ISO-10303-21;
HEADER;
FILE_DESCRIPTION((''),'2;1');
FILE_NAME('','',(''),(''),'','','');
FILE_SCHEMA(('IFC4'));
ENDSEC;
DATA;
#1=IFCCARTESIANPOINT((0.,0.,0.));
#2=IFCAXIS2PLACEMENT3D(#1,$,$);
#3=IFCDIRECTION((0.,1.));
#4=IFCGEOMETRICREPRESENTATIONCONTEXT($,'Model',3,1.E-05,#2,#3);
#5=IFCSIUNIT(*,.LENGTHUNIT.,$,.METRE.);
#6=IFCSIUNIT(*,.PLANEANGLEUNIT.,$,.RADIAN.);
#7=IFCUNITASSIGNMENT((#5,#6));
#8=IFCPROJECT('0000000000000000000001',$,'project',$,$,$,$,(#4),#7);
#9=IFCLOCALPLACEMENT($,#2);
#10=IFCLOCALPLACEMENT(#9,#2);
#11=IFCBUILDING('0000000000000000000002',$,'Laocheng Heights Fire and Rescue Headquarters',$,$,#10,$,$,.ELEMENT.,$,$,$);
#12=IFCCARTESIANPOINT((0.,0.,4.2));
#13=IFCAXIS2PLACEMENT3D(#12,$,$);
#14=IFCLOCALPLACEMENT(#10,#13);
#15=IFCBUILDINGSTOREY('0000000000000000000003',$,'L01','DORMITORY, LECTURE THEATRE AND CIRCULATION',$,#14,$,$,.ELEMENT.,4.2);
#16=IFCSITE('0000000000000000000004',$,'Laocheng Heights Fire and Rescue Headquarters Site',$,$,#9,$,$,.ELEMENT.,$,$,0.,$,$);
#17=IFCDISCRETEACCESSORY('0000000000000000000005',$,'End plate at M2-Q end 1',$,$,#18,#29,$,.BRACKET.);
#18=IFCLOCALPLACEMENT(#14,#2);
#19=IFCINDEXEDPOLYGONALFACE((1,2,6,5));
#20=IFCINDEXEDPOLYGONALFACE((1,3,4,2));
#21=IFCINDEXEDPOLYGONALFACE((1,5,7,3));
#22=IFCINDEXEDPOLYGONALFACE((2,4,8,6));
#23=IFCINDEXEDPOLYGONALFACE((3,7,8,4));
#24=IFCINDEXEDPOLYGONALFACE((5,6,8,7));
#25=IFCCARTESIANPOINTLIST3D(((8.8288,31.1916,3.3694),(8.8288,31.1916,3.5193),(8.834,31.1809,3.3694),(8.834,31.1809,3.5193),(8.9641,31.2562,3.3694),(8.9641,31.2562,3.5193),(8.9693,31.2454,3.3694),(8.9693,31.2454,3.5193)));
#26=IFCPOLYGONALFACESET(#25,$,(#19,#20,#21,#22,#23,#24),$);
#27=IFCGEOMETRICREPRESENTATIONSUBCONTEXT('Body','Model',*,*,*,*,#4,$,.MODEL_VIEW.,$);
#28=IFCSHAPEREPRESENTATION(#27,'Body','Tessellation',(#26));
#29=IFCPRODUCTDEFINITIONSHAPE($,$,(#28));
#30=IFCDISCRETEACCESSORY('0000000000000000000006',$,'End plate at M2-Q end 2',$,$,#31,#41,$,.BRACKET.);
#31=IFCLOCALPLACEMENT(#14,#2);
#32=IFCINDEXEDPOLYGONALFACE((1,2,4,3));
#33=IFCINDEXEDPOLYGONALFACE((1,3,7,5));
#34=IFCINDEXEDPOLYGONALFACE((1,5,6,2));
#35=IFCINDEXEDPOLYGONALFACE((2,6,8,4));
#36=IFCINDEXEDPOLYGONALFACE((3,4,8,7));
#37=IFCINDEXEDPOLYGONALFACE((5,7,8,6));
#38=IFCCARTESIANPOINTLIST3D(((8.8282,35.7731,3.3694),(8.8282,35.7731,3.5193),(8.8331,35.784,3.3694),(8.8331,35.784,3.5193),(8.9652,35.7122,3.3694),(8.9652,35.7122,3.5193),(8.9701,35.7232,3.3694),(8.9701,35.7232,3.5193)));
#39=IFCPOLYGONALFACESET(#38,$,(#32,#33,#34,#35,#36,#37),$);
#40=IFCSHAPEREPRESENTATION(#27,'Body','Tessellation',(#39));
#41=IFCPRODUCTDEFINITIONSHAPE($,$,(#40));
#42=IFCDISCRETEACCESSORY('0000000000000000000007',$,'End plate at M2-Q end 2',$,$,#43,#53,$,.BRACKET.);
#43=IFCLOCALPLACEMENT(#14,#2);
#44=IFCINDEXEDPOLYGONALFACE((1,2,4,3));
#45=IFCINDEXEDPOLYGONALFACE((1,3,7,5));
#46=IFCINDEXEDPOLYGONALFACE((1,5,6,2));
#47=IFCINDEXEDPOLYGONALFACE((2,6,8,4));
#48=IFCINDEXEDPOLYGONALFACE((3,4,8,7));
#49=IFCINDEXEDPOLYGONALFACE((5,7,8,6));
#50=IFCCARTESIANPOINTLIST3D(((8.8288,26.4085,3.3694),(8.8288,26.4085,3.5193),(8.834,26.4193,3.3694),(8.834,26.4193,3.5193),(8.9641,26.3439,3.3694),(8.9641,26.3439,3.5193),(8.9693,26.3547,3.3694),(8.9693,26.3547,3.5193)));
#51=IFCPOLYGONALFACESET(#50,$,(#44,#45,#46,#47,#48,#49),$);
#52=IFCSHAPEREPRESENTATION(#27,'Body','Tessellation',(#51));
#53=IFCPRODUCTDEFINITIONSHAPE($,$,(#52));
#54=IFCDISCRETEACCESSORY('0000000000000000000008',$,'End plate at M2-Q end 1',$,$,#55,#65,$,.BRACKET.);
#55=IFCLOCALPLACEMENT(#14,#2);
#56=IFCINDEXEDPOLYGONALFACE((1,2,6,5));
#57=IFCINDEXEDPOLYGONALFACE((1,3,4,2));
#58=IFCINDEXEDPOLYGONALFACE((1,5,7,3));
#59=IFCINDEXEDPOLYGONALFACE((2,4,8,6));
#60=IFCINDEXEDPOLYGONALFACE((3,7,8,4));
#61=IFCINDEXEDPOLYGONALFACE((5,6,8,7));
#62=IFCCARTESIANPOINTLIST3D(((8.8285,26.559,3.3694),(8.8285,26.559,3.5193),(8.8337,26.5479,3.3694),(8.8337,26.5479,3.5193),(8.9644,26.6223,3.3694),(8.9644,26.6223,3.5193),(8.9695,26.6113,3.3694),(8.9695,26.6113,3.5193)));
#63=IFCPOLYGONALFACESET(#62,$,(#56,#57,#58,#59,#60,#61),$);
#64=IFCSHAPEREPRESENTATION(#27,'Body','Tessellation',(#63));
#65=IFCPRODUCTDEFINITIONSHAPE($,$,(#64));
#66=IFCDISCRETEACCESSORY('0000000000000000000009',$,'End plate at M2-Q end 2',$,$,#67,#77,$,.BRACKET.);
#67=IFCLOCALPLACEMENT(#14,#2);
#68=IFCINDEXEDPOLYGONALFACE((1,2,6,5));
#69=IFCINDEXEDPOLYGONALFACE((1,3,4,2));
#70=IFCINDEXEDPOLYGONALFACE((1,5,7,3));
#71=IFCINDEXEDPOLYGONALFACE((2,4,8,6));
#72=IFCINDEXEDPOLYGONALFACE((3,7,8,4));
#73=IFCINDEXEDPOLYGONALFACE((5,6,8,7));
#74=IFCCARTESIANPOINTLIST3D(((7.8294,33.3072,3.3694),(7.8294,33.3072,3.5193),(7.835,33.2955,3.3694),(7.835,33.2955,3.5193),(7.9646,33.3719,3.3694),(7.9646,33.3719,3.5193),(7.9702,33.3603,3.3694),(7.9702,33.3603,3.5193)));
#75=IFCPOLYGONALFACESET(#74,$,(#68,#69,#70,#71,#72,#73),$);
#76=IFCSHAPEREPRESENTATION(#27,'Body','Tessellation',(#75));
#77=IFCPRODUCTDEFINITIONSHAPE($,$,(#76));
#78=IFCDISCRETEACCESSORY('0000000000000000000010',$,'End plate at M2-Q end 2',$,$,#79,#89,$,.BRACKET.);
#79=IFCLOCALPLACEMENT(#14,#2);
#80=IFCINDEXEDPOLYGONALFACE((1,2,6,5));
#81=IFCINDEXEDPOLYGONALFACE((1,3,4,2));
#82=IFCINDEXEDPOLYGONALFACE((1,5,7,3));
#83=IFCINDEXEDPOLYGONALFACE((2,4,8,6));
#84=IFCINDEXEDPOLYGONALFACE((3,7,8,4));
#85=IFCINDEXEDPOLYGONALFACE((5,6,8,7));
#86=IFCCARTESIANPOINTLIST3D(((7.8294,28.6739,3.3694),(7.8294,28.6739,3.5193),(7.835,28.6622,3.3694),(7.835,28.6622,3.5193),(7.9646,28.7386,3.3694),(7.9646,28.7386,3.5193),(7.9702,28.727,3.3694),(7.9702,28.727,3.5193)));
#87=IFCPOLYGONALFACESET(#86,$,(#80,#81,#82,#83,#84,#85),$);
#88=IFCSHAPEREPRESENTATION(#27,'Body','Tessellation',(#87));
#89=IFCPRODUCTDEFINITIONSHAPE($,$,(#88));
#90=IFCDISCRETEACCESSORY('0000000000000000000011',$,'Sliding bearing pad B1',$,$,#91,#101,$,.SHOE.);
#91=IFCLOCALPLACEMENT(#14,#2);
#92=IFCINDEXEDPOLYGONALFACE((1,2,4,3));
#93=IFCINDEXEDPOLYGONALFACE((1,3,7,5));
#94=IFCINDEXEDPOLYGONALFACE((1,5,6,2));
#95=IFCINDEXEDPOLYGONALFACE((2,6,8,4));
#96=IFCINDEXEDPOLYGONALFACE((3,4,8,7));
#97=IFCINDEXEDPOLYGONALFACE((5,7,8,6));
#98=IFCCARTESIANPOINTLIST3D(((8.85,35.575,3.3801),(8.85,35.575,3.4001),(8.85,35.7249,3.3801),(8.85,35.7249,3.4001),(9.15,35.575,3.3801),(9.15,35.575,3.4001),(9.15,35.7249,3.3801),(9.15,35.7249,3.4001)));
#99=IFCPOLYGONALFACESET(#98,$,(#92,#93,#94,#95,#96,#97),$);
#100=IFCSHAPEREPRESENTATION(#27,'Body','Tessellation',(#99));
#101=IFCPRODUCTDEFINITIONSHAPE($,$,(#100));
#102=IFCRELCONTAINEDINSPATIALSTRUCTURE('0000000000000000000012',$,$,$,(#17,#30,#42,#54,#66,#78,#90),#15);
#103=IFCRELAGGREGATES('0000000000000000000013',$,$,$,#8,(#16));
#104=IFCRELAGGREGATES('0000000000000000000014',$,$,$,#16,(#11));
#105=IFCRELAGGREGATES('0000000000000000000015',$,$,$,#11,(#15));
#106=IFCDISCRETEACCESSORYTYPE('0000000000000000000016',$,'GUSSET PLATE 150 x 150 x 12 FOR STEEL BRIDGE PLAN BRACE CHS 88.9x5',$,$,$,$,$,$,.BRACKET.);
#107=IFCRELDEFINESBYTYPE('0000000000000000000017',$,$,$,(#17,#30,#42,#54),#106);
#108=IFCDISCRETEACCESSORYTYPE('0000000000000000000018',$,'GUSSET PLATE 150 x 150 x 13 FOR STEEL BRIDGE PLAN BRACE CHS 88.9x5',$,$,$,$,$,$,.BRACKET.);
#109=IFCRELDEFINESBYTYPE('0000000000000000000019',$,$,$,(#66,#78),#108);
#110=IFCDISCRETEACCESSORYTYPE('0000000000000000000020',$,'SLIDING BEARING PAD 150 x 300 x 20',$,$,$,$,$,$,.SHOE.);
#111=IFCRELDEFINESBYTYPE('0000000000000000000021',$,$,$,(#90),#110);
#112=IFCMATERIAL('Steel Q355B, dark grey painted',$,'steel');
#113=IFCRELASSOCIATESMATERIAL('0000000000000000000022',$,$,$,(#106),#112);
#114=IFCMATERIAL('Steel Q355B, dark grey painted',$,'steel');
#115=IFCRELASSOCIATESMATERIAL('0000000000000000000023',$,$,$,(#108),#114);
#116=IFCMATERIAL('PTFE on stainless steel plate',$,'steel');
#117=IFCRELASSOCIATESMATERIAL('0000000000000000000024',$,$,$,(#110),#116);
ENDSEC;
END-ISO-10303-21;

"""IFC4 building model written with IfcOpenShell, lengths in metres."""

from ifc_helpers import new_model, si_unit, direction, frame, origin, origin_2d, place, context, subcontext, project, spatial, rectangle, extrude, material, material_profile, profile_set, type_object, element, save


model = new_model("IFC4")

# Units and contexts
model_context = context("Model", 3, precision=1e-05, world=origin(), true_north=direction((0.0, 1.0)))
body_context = subcontext(model_context, "Body", "Model", "MODEL_VIEW")
ifc_project = project(units=[si_unit("LENGTHUNIT", "METRE"), si_unit("PLANEANGLEUNIT", "RADIAN")], contexts=[model_context])

# Site, building, storey
site_placement = place(None, origin())
site = spatial("IfcSite", under=ifc_project, at=site_placement, Name="Laocheng Heights Fire and Rescue Headquarters Site", CompositionType="ELEMENT", RefElevation=0.0)
building_placement = place(site_placement, origin())
building = spatial("IfcBuilding", under=site, at=building_placement, Name="Laocheng Heights Fire and Rescue Headquarters", CompositionType="ELEMENT")
storey_placement = place(building_placement, frame((0.0, 0.0, 4.2)))
storey = spatial("IfcBuildingStorey", under=building, at=storey_placement, Name="L01", Description="DORMITORY, LECTURE THEATRE AND CIRCULATION", CompositionType="ELEMENT", Elevation=4.2)

# Discrete accessories
ifc_material_1 = material(Name="Steel Q355B, dark grey painted", Category="steel")
ifc_material_profile_1 = material_profile(ifc_material_1, rectangle(XDim=0.1499, YDim=0.1499, at=origin_2d()), Name="GUSSET PLATE 150 x 150 x 12 FOR STEEL BRIDGE PLAN BRACE CHS 88.9x5")
ifc_profile_set_1 = profile_set([ifc_material_profile_1], Name="Steel Q355B, dark grey painted")
discrete_accessory_type_1 = type_object("IfcDiscreteAccessoryType", Name="GUSSET PLATE 150 x 150 x 12 FOR STEEL BRIDGE PLAN BRACE CHS 88.9x5", PredefinedType="BRACKET", material=ifc_profile_set_1)
for number, where, z_axis, x_axis, name in (
    (1, (8.9016, 31.2131, 3.4443), (-0.43073, 0.902481, 0.0), (-0.902481, -0.43073, 0.0), "End plate at M2-Q end 1"),
    (2, (8.8967, 35.7427, 3.4443), (0.406138, 0.913812, 0.0), (-0.913812, 0.406138, 0.0), "End plate at M2-Q end 2"),
    (3, (8.8965, 26.3762, 3.4443), (0.43073, 0.902481, 0.0), (-0.902481, 0.43073, 0.0), "End plate at M2-Q end 2"),
):
    element("IfcDiscreteAccessory", number, at=place(storey_placement, frame(where, z_axis=z_axis, x_axis=x_axis)), inside=storey, type_object=discrete_accessory_type_1, Name=name, PredefinedType="BRACKET", context=body_context, shape_type="SweptSolid", body=[
        extrude(rectangle(XDim=0.1499, YDim=0.1499, at=origin_2d()), origin(), (0.0, 0.0, 1.0), 0.012),
    ])
discrete_accessory_1_placement = place(storey_placement, frame((8.9016, 26.5796, 3.4443), z_axis=(-0.422885, 0.906183, 0.0), x_axis=(-0.906183, -0.422885, 0.0)))
element("IfcDiscreteAccessory", 4, at=discrete_accessory_1_placement, inside=storey, type_object=discrete_accessory_type_1, Name="End plate at M2-Q end 1", PredefinedType="BRACKET", context=body_context, shape_type="SweptSolid", body=[
    extrude(rectangle(XDim=0.1499, YDim=0.1499, at=origin_2d()), origin(), (0.0, 0.0, 1.0), 0.0122),
])
ifc_material_2 = material(Name="Steel Q355B, dark grey painted", Category="steel")
ifc_material_profile_2 = material_profile(ifc_material_2, rectangle(XDim=0.1499, YDim=0.1499, at=origin_2d()), Name="GUSSET PLATE 150 x 150 x 13 FOR STEEL BRIDGE PLAN BRACE CHS 88.9x5")
ifc_profile_set_2 = profile_set([ifc_material_profile_2], Name="Steel Q355B, dark grey painted")
discrete_accessory_type_2 = type_object("IfcDiscreteAccessoryType", Name="GUSSET PLATE 150 x 150 x 13 FOR STEEL BRIDGE PLAN BRACE CHS 88.9x5", PredefinedType="BRACKET", material=ifc_profile_set_2)
for number, where, z_axis, x_axis, name in (
    (5, (7.9026, 33.3279, 3.4443), (-0.43212, 0.901816, 0.0), (-0.901816, -0.43212, 0.0), "End plate at M2-Q end 2"),
    (6, (7.9026, 28.6946, 3.4443), (-0.43212, 0.901816, 0.0), (-0.901816, -0.43212, 0.0), "End plate at M2-Q end 2"),
):
    element("IfcDiscreteAccessory", number, at=place(storey_placement, frame(where, z_axis=z_axis, x_axis=x_axis)), inside=storey, type_object=discrete_accessory_type_2, Name=name, PredefinedType="BRACKET", context=body_context, shape_type="SweptSolid", body=[
        extrude(rectangle(XDim=0.1499, YDim=0.1499, at=origin_2d()), origin(), (0.0, 0.0, 1.0), 0.0129),
    ])
ifc_material_3 = material(Name="PTFE on stainless steel plate", Category="steel")
discrete_accessory_type_3 = type_object("IfcDiscreteAccessoryType", Name="SLIDING BEARING PAD 150 x 300 x 20", PredefinedType="SHOE", material=ifc_material_3)
discrete_accessory_2_placement = place(storey_placement, frame((9.0, 35.6499, 3.3801), z_axis=(0.0, 0.0, 1.0), x_axis=(1.0, 0.0, 0.0)))
element("IfcDiscreteAccessory", 7, at=discrete_accessory_2_placement, inside=storey, type_object=discrete_accessory_type_3, Name="Sliding bearing pad B1", PredefinedType="SHOE", context=body_context, shape_type="SweptSolid", body=[
    extrude(rectangle(XDim=0.3, YDim=0.1499, at=origin_2d()), origin(), (0.0, 0.0, 1.0), 0.02),
])

save(model, "model.ifc")
